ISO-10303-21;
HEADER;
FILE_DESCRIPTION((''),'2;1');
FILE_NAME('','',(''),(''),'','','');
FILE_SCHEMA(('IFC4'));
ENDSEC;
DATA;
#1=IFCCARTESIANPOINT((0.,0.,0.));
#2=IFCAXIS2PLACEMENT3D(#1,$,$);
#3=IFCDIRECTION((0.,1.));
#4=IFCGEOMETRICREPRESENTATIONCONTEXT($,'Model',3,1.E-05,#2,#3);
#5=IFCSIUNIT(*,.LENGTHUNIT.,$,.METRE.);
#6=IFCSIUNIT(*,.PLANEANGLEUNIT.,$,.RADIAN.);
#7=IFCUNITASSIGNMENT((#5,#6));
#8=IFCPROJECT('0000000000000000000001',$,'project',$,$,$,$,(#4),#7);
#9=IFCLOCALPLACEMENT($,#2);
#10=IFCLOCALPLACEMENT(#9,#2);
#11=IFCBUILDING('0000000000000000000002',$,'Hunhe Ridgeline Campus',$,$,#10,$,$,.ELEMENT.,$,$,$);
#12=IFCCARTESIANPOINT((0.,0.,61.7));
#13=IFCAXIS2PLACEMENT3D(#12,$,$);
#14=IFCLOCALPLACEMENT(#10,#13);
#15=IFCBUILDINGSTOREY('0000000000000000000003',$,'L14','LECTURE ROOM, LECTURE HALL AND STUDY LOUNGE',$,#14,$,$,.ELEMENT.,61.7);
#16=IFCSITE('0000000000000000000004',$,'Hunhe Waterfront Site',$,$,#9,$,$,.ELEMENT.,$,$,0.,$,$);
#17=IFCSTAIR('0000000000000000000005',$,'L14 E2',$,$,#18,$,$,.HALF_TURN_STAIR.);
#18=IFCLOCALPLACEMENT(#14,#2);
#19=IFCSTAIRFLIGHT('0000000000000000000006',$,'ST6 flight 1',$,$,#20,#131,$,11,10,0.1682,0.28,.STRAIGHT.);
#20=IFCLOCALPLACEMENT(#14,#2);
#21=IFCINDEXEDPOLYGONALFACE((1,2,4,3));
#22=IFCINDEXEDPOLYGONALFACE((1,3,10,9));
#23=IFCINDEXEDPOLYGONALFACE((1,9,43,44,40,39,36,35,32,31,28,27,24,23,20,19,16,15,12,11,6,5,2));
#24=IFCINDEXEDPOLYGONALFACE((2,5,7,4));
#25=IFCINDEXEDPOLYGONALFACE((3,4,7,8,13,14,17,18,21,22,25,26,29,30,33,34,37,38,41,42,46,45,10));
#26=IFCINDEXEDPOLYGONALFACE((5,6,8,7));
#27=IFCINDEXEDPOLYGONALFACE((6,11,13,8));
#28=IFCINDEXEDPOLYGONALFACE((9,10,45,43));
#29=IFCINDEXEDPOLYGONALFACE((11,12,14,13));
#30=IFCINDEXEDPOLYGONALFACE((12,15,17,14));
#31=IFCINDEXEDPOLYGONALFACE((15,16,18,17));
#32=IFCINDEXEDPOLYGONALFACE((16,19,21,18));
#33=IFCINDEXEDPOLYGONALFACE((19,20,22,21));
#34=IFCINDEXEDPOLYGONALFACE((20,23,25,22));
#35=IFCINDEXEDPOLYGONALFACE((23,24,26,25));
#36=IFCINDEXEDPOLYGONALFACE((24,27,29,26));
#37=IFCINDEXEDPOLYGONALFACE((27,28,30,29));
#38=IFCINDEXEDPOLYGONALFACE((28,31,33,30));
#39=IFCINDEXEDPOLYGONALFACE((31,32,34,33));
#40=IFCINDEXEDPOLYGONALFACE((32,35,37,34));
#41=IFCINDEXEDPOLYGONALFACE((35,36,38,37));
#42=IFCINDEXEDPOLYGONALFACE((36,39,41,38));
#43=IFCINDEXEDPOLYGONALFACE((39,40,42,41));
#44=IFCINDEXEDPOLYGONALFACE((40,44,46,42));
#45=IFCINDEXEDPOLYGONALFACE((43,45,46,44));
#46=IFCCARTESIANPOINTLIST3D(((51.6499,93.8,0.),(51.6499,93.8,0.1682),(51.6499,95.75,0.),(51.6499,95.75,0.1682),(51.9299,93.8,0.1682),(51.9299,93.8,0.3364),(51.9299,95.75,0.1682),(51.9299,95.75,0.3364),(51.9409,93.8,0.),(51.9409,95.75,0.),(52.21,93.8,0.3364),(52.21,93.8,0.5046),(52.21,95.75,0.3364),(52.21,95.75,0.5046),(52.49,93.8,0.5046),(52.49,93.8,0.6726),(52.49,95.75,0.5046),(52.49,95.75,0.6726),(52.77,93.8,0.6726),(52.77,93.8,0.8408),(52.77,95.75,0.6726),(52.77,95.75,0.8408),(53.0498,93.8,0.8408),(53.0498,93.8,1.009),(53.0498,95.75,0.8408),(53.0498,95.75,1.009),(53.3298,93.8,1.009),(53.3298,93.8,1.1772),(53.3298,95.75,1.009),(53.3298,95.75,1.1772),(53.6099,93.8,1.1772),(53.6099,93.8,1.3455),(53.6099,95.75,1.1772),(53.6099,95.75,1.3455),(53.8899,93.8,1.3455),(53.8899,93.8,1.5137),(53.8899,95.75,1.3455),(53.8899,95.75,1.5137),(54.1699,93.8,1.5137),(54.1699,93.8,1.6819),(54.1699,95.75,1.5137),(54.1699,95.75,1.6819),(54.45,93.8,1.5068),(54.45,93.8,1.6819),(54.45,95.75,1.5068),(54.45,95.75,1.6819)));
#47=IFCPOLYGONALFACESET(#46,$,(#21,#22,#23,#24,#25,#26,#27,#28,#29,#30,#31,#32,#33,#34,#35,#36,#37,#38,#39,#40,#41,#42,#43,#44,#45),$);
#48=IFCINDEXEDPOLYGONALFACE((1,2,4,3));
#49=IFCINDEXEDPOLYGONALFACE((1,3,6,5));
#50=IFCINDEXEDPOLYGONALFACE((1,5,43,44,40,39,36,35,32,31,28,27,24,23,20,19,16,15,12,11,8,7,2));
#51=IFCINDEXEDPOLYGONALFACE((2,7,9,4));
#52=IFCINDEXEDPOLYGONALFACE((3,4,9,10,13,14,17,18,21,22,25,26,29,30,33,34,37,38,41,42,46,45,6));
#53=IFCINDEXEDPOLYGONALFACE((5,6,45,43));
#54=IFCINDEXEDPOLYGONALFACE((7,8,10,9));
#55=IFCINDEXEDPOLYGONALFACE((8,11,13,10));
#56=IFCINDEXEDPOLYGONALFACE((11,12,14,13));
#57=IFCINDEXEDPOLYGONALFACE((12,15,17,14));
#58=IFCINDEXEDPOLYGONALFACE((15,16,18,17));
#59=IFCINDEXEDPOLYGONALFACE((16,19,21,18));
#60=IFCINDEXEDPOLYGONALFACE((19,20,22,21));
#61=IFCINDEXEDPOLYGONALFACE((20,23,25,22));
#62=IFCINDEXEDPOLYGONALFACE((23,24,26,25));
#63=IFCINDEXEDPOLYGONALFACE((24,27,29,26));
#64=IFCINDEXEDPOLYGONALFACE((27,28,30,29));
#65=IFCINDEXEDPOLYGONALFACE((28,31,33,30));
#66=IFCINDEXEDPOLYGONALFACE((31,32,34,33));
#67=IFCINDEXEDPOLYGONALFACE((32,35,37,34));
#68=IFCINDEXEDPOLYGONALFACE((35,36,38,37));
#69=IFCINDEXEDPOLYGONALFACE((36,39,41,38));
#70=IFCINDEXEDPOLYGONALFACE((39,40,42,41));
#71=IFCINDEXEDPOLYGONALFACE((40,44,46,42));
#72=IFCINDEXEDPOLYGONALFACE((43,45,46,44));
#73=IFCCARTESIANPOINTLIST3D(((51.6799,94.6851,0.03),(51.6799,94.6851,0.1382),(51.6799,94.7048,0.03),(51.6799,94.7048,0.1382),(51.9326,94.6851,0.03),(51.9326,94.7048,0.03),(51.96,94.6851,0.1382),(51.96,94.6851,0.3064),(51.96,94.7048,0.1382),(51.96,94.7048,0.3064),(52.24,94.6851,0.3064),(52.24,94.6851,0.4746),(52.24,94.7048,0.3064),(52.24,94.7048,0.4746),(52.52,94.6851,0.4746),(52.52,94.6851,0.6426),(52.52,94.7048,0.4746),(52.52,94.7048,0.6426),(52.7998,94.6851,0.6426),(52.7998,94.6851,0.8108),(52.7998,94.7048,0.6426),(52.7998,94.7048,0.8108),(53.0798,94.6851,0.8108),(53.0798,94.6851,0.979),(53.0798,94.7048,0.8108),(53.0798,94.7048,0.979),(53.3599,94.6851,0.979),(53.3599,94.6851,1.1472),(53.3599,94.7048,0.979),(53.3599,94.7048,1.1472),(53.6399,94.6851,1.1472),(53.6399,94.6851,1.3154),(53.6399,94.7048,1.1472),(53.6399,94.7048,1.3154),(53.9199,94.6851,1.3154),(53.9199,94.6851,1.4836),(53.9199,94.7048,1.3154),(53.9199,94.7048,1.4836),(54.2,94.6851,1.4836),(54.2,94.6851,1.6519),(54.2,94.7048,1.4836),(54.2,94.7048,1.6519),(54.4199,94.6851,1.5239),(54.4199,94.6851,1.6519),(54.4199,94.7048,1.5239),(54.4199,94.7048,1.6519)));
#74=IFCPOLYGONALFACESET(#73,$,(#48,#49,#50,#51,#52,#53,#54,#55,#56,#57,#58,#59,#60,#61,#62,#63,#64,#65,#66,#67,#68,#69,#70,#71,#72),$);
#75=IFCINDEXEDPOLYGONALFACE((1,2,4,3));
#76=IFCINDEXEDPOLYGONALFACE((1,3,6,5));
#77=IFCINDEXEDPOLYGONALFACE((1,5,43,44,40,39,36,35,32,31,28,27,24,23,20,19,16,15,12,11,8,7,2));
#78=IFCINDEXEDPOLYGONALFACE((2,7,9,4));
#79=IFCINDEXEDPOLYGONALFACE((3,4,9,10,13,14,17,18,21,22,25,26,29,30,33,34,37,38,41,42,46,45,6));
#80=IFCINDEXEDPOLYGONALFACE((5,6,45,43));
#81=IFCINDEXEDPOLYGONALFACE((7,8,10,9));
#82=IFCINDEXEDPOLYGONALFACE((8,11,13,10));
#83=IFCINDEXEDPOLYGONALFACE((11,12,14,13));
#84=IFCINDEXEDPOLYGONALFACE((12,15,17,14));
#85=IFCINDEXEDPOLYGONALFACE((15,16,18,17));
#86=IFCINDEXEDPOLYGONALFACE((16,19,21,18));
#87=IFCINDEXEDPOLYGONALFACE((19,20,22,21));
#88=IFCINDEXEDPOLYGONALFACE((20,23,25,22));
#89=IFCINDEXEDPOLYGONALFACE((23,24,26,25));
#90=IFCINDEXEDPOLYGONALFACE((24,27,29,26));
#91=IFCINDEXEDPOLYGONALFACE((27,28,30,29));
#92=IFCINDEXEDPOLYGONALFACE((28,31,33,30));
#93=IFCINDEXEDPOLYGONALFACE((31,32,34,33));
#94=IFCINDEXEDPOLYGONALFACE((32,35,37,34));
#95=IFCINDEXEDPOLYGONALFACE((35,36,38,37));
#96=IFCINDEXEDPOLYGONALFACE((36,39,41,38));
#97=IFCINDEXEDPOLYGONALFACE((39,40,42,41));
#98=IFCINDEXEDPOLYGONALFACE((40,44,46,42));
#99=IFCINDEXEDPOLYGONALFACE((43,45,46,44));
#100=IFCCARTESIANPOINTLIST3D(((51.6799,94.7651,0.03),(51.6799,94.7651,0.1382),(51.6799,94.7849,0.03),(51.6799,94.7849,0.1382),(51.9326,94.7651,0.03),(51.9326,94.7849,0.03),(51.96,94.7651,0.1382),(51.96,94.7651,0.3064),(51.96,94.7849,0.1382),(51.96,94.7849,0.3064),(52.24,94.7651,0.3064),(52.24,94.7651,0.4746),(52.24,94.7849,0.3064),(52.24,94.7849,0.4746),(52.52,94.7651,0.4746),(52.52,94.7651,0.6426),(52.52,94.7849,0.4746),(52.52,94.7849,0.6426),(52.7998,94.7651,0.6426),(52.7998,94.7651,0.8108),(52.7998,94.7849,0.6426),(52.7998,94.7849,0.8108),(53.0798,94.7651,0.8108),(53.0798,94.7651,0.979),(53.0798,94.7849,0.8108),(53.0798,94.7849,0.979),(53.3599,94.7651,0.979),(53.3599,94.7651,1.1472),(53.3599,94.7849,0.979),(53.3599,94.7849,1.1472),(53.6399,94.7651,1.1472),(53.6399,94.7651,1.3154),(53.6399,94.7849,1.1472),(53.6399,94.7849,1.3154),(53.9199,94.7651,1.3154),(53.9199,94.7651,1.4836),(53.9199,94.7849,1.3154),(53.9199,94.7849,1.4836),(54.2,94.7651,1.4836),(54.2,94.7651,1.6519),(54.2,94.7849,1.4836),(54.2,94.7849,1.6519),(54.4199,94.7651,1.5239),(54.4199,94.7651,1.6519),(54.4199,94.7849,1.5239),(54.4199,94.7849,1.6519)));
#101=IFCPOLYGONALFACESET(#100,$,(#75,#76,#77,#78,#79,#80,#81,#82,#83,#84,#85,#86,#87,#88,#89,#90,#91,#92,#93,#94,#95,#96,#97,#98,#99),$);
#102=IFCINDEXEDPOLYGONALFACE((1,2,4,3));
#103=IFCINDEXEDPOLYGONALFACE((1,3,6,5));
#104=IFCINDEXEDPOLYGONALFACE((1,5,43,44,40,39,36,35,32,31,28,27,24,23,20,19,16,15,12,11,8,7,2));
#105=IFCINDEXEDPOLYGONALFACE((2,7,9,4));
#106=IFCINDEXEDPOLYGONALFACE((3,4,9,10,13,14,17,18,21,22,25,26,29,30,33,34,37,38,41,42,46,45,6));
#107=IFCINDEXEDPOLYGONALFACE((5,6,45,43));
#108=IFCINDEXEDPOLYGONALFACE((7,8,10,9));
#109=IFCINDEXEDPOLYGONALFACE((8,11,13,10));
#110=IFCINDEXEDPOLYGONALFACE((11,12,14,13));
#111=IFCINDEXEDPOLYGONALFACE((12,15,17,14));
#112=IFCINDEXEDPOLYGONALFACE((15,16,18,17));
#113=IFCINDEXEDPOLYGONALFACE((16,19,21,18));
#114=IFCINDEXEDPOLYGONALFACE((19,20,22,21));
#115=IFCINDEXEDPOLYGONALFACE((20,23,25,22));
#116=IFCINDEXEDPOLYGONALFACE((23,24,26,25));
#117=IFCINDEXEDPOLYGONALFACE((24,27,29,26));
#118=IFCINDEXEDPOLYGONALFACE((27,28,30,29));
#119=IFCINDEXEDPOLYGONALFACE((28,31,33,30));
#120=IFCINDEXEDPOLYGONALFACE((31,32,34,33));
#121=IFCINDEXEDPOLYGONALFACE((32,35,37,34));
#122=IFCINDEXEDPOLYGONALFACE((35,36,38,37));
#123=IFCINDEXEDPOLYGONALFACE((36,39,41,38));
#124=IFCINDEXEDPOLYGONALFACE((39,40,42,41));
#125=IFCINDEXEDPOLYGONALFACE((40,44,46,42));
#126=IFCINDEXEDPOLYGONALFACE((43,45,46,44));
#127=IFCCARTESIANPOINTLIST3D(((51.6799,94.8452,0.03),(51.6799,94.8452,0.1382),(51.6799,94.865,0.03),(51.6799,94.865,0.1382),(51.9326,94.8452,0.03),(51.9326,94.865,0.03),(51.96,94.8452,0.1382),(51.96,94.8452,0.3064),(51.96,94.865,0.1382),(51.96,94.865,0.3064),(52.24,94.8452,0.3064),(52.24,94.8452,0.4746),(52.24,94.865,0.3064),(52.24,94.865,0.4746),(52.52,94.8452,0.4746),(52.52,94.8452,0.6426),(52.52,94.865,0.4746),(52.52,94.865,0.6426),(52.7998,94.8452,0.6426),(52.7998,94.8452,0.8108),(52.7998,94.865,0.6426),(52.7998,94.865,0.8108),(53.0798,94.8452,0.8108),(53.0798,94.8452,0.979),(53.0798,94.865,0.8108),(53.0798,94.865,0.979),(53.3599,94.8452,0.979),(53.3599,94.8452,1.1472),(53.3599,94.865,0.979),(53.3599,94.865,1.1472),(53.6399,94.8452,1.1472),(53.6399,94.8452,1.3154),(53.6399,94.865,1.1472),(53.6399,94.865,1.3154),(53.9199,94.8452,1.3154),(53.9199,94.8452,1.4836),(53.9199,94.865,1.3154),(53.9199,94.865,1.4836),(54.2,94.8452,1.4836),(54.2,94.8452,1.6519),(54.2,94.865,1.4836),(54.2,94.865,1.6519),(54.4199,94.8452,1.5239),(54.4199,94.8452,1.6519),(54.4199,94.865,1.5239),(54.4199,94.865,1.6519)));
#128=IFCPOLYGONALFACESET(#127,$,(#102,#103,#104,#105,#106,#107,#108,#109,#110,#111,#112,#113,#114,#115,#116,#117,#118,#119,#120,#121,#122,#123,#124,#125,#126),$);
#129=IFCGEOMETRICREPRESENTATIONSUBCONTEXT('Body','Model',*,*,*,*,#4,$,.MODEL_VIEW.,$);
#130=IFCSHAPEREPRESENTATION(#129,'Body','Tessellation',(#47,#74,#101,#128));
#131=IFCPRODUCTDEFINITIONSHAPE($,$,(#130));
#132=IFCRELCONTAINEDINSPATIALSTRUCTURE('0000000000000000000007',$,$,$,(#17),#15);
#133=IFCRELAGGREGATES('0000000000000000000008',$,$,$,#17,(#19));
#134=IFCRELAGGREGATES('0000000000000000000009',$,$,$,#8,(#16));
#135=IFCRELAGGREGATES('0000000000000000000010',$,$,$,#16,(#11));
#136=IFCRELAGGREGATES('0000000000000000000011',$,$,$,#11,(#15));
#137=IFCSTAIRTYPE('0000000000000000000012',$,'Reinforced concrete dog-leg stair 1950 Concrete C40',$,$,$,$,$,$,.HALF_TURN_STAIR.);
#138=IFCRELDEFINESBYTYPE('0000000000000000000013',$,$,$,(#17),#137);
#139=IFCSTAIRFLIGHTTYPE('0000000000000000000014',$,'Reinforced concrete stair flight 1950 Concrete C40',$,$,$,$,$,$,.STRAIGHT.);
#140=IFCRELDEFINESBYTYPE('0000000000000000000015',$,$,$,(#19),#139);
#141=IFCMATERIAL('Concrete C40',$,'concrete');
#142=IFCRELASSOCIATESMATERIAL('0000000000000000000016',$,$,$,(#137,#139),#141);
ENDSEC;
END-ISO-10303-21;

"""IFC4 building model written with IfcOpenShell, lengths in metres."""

from ifc_helpers import new_model, si_unit, direction, frame, origin, place, context, subcontext, project, spatial, polyline, outline, extrude, material, type_object, element, aggregate, save


model = new_model("IFC4")

# Units and contexts
model_context = context("Model", 3, precision=1e-05, world=origin(), true_north=direction((0.0, 1.0)))
body_context = subcontext(model_context, "Body", "Model", "MODEL_VIEW")
ifc_project = project(units=[si_unit("LENGTHUNIT", "METRE"), si_unit("PLANEANGLEUNIT", "RADIAN")], contexts=[model_context])

# Site, building, storey
site_placement = place(None, origin())
site = spatial("IfcSite", under=ifc_project, at=site_placement, Name="Hunhe Waterfront Site", CompositionType="ELEMENT", RefElevation=0.0)
building_placement = place(site_placement, origin())
building = spatial("IfcBuilding", under=site, at=building_placement, Name="Hunhe Ridgeline Campus", CompositionType="ELEMENT")
storey_placement = place(building_placement, frame((0.0, 0.0, 61.7)))
storey = spatial("IfcBuildingStorey", under=building, at=storey_placement, Name="L14", Description="LECTURE ROOM, LECTURE HALL AND STUDY LOUNGE", CompositionType="ELEMENT", Elevation=61.7)

# Shared definitions
ifc_material_1 = material(Name="Concrete C40", Category="concrete")
stair_type = type_object("IfcStairType", Name="Reinforced concrete dog-leg stair 1950 Concrete C40", PredefinedType="HALF_TURN_STAIR", material=ifc_material_1)
stair_flight_type = type_object("IfcStairFlightType", Name="Reinforced concrete stair flight 1950 Concrete C40", PredefinedType="STRAIGHT", material=ifc_material_1)

# Stair, stair flight
stair_1_placement = place(storey_placement, origin())
stair_1 = element("IfcStair", 1, at=stair_1_placement, inside=storey, type_object=stair_type, Name="L14 E2", PredefinedType="HALF_TURN_STAIR")
stair_flight_1_placement = place(storey_placement, frame((51.6499, 94.7749, 0.0), z_axis=(0.0, 0.0, 1.0), x_axis=(1.0, 0.0, 0.0)))
stair_flight_1 = element("IfcStairFlight", 2, at=stair_flight_1_placement, type_object=stair_flight_type, Name="ST6 flight 1", NumberOfRisers=11, NumberOfTreads=10, PredefinedType="STRAIGHT", RiserHeight=0.1682, TreadLength=0.28, context=body_context, shape_type="SweptSolid", body=[
    extrude(outline(polyline([(0.0, 0.0), (0.0, 0.1682), (0.28, 0.1682), (0.28, 0.3364), (0.5601, 0.3364), (0.5601, 0.5046), (0.8401, 0.5046), (0.8401, 0.6726), (1.1201, 0.6726), (1.1201, 0.8408), (1.3999, 0.8408), (1.3999, 1.009), (1.6799, 1.009), (1.6799, 1.1772), (1.96, 1.1772), (1.96, 1.3455), (2.24, 1.3455), (2.24, 1.5137), (2.52, 1.5137), (2.52, 1.6819), (2.8, 1.6819), (2.8, 1.8501), (2.8, 1.5068), (0.291, 0.0), (0.0, 0.0)])), frame((0.0, 0.9751, 0.0), z_axis=(0.0, -1.0, 0.0), x_axis=(1.0, 0.0, 0.0)), (0.0, 0.0, 1.0), 1.95),
    extrude(outline(polyline([(0.03, 0.03), (0.03, 0.1382), (0.3101, 0.1382), (0.3101, 0.3064), (0.5901, 0.3064), (0.5901, 0.4746), (0.8701, 0.4746), (0.8701, 0.6426), (1.1499, 0.6426), (1.1499, 0.8108), (1.4299, 0.8108), (1.4299, 0.979), (1.71, 0.979), (1.71, 1.1472), (1.99, 1.1472), (1.99, 1.3154), (2.27, 1.3154), (2.27, 1.4836), (2.55, 1.4836), (2.55, 1.6519), (2.77, 1.6519), (2.77, 1.5239), (0.2827, 0.03), (0.03, 0.03)])), frame((0.0, -0.0701, 0.0), z_axis=(0.0, -1.0, 0.0), x_axis=(1.0, 0.0, 0.0)), (0.0, 0.0, 1.0), 0.0198),
    extrude(outline(polyline([(0.03, 0.03), (0.03, 0.1382), (0.3101, 0.1382), (0.3101, 0.3064), (0.5901, 0.3064), (0.5901, 0.4746), (0.8701, 0.4746), (0.8701, 0.6426), (1.1499, 0.6426), (1.1499, 0.8108), (1.4299, 0.8108), (1.4299, 0.979), (1.71, 0.979), (1.71, 1.1472), (1.99, 1.1472), (1.99, 1.3154), (2.27, 1.3154), (2.27, 1.4836), (2.55, 1.4836), (2.55, 1.6519), (2.77, 1.6519), (2.77, 1.5239), (0.2827, 0.03), (0.03, 0.03)])), frame((0.0, 0.01, 0.0), z_axis=(0.0, -1.0, 0.0), x_axis=(1.0, 0.0, 0.0)), (0.0, 0.0, 1.0), 0.0198),
    extrude(outline(polyline([(0.03, 0.03), (0.03, 0.1382), (0.3101, 0.1382), (0.3101, 0.3064), (0.5901, 0.3064), (0.5901, 0.4746), (0.8701, 0.4746), (0.8701, 0.6426), (1.1499, 0.6426), (1.1499, 0.8108), (1.4299, 0.8108), (1.4299, 0.979), (1.71, 0.979), (1.71, 1.1472), (1.99, 1.1472), (1.99, 1.3154), (2.27, 1.3154), (2.27, 1.4836), (2.55, 1.4836), (2.55, 1.6519), (2.77, 1.6519), (2.77, 1.5239), (0.2827, 0.03), (0.03, 0.03)])), frame((0.0, 0.0901, 0.0), z_axis=(0.0, -1.0, 0.0), x_axis=(1.0, 0.0, 0.0)), (0.0, 0.0, 1.0), 0.0198),
])
aggregate(stair_1, [stair_flight_1])

save(model, "model.ifc")
